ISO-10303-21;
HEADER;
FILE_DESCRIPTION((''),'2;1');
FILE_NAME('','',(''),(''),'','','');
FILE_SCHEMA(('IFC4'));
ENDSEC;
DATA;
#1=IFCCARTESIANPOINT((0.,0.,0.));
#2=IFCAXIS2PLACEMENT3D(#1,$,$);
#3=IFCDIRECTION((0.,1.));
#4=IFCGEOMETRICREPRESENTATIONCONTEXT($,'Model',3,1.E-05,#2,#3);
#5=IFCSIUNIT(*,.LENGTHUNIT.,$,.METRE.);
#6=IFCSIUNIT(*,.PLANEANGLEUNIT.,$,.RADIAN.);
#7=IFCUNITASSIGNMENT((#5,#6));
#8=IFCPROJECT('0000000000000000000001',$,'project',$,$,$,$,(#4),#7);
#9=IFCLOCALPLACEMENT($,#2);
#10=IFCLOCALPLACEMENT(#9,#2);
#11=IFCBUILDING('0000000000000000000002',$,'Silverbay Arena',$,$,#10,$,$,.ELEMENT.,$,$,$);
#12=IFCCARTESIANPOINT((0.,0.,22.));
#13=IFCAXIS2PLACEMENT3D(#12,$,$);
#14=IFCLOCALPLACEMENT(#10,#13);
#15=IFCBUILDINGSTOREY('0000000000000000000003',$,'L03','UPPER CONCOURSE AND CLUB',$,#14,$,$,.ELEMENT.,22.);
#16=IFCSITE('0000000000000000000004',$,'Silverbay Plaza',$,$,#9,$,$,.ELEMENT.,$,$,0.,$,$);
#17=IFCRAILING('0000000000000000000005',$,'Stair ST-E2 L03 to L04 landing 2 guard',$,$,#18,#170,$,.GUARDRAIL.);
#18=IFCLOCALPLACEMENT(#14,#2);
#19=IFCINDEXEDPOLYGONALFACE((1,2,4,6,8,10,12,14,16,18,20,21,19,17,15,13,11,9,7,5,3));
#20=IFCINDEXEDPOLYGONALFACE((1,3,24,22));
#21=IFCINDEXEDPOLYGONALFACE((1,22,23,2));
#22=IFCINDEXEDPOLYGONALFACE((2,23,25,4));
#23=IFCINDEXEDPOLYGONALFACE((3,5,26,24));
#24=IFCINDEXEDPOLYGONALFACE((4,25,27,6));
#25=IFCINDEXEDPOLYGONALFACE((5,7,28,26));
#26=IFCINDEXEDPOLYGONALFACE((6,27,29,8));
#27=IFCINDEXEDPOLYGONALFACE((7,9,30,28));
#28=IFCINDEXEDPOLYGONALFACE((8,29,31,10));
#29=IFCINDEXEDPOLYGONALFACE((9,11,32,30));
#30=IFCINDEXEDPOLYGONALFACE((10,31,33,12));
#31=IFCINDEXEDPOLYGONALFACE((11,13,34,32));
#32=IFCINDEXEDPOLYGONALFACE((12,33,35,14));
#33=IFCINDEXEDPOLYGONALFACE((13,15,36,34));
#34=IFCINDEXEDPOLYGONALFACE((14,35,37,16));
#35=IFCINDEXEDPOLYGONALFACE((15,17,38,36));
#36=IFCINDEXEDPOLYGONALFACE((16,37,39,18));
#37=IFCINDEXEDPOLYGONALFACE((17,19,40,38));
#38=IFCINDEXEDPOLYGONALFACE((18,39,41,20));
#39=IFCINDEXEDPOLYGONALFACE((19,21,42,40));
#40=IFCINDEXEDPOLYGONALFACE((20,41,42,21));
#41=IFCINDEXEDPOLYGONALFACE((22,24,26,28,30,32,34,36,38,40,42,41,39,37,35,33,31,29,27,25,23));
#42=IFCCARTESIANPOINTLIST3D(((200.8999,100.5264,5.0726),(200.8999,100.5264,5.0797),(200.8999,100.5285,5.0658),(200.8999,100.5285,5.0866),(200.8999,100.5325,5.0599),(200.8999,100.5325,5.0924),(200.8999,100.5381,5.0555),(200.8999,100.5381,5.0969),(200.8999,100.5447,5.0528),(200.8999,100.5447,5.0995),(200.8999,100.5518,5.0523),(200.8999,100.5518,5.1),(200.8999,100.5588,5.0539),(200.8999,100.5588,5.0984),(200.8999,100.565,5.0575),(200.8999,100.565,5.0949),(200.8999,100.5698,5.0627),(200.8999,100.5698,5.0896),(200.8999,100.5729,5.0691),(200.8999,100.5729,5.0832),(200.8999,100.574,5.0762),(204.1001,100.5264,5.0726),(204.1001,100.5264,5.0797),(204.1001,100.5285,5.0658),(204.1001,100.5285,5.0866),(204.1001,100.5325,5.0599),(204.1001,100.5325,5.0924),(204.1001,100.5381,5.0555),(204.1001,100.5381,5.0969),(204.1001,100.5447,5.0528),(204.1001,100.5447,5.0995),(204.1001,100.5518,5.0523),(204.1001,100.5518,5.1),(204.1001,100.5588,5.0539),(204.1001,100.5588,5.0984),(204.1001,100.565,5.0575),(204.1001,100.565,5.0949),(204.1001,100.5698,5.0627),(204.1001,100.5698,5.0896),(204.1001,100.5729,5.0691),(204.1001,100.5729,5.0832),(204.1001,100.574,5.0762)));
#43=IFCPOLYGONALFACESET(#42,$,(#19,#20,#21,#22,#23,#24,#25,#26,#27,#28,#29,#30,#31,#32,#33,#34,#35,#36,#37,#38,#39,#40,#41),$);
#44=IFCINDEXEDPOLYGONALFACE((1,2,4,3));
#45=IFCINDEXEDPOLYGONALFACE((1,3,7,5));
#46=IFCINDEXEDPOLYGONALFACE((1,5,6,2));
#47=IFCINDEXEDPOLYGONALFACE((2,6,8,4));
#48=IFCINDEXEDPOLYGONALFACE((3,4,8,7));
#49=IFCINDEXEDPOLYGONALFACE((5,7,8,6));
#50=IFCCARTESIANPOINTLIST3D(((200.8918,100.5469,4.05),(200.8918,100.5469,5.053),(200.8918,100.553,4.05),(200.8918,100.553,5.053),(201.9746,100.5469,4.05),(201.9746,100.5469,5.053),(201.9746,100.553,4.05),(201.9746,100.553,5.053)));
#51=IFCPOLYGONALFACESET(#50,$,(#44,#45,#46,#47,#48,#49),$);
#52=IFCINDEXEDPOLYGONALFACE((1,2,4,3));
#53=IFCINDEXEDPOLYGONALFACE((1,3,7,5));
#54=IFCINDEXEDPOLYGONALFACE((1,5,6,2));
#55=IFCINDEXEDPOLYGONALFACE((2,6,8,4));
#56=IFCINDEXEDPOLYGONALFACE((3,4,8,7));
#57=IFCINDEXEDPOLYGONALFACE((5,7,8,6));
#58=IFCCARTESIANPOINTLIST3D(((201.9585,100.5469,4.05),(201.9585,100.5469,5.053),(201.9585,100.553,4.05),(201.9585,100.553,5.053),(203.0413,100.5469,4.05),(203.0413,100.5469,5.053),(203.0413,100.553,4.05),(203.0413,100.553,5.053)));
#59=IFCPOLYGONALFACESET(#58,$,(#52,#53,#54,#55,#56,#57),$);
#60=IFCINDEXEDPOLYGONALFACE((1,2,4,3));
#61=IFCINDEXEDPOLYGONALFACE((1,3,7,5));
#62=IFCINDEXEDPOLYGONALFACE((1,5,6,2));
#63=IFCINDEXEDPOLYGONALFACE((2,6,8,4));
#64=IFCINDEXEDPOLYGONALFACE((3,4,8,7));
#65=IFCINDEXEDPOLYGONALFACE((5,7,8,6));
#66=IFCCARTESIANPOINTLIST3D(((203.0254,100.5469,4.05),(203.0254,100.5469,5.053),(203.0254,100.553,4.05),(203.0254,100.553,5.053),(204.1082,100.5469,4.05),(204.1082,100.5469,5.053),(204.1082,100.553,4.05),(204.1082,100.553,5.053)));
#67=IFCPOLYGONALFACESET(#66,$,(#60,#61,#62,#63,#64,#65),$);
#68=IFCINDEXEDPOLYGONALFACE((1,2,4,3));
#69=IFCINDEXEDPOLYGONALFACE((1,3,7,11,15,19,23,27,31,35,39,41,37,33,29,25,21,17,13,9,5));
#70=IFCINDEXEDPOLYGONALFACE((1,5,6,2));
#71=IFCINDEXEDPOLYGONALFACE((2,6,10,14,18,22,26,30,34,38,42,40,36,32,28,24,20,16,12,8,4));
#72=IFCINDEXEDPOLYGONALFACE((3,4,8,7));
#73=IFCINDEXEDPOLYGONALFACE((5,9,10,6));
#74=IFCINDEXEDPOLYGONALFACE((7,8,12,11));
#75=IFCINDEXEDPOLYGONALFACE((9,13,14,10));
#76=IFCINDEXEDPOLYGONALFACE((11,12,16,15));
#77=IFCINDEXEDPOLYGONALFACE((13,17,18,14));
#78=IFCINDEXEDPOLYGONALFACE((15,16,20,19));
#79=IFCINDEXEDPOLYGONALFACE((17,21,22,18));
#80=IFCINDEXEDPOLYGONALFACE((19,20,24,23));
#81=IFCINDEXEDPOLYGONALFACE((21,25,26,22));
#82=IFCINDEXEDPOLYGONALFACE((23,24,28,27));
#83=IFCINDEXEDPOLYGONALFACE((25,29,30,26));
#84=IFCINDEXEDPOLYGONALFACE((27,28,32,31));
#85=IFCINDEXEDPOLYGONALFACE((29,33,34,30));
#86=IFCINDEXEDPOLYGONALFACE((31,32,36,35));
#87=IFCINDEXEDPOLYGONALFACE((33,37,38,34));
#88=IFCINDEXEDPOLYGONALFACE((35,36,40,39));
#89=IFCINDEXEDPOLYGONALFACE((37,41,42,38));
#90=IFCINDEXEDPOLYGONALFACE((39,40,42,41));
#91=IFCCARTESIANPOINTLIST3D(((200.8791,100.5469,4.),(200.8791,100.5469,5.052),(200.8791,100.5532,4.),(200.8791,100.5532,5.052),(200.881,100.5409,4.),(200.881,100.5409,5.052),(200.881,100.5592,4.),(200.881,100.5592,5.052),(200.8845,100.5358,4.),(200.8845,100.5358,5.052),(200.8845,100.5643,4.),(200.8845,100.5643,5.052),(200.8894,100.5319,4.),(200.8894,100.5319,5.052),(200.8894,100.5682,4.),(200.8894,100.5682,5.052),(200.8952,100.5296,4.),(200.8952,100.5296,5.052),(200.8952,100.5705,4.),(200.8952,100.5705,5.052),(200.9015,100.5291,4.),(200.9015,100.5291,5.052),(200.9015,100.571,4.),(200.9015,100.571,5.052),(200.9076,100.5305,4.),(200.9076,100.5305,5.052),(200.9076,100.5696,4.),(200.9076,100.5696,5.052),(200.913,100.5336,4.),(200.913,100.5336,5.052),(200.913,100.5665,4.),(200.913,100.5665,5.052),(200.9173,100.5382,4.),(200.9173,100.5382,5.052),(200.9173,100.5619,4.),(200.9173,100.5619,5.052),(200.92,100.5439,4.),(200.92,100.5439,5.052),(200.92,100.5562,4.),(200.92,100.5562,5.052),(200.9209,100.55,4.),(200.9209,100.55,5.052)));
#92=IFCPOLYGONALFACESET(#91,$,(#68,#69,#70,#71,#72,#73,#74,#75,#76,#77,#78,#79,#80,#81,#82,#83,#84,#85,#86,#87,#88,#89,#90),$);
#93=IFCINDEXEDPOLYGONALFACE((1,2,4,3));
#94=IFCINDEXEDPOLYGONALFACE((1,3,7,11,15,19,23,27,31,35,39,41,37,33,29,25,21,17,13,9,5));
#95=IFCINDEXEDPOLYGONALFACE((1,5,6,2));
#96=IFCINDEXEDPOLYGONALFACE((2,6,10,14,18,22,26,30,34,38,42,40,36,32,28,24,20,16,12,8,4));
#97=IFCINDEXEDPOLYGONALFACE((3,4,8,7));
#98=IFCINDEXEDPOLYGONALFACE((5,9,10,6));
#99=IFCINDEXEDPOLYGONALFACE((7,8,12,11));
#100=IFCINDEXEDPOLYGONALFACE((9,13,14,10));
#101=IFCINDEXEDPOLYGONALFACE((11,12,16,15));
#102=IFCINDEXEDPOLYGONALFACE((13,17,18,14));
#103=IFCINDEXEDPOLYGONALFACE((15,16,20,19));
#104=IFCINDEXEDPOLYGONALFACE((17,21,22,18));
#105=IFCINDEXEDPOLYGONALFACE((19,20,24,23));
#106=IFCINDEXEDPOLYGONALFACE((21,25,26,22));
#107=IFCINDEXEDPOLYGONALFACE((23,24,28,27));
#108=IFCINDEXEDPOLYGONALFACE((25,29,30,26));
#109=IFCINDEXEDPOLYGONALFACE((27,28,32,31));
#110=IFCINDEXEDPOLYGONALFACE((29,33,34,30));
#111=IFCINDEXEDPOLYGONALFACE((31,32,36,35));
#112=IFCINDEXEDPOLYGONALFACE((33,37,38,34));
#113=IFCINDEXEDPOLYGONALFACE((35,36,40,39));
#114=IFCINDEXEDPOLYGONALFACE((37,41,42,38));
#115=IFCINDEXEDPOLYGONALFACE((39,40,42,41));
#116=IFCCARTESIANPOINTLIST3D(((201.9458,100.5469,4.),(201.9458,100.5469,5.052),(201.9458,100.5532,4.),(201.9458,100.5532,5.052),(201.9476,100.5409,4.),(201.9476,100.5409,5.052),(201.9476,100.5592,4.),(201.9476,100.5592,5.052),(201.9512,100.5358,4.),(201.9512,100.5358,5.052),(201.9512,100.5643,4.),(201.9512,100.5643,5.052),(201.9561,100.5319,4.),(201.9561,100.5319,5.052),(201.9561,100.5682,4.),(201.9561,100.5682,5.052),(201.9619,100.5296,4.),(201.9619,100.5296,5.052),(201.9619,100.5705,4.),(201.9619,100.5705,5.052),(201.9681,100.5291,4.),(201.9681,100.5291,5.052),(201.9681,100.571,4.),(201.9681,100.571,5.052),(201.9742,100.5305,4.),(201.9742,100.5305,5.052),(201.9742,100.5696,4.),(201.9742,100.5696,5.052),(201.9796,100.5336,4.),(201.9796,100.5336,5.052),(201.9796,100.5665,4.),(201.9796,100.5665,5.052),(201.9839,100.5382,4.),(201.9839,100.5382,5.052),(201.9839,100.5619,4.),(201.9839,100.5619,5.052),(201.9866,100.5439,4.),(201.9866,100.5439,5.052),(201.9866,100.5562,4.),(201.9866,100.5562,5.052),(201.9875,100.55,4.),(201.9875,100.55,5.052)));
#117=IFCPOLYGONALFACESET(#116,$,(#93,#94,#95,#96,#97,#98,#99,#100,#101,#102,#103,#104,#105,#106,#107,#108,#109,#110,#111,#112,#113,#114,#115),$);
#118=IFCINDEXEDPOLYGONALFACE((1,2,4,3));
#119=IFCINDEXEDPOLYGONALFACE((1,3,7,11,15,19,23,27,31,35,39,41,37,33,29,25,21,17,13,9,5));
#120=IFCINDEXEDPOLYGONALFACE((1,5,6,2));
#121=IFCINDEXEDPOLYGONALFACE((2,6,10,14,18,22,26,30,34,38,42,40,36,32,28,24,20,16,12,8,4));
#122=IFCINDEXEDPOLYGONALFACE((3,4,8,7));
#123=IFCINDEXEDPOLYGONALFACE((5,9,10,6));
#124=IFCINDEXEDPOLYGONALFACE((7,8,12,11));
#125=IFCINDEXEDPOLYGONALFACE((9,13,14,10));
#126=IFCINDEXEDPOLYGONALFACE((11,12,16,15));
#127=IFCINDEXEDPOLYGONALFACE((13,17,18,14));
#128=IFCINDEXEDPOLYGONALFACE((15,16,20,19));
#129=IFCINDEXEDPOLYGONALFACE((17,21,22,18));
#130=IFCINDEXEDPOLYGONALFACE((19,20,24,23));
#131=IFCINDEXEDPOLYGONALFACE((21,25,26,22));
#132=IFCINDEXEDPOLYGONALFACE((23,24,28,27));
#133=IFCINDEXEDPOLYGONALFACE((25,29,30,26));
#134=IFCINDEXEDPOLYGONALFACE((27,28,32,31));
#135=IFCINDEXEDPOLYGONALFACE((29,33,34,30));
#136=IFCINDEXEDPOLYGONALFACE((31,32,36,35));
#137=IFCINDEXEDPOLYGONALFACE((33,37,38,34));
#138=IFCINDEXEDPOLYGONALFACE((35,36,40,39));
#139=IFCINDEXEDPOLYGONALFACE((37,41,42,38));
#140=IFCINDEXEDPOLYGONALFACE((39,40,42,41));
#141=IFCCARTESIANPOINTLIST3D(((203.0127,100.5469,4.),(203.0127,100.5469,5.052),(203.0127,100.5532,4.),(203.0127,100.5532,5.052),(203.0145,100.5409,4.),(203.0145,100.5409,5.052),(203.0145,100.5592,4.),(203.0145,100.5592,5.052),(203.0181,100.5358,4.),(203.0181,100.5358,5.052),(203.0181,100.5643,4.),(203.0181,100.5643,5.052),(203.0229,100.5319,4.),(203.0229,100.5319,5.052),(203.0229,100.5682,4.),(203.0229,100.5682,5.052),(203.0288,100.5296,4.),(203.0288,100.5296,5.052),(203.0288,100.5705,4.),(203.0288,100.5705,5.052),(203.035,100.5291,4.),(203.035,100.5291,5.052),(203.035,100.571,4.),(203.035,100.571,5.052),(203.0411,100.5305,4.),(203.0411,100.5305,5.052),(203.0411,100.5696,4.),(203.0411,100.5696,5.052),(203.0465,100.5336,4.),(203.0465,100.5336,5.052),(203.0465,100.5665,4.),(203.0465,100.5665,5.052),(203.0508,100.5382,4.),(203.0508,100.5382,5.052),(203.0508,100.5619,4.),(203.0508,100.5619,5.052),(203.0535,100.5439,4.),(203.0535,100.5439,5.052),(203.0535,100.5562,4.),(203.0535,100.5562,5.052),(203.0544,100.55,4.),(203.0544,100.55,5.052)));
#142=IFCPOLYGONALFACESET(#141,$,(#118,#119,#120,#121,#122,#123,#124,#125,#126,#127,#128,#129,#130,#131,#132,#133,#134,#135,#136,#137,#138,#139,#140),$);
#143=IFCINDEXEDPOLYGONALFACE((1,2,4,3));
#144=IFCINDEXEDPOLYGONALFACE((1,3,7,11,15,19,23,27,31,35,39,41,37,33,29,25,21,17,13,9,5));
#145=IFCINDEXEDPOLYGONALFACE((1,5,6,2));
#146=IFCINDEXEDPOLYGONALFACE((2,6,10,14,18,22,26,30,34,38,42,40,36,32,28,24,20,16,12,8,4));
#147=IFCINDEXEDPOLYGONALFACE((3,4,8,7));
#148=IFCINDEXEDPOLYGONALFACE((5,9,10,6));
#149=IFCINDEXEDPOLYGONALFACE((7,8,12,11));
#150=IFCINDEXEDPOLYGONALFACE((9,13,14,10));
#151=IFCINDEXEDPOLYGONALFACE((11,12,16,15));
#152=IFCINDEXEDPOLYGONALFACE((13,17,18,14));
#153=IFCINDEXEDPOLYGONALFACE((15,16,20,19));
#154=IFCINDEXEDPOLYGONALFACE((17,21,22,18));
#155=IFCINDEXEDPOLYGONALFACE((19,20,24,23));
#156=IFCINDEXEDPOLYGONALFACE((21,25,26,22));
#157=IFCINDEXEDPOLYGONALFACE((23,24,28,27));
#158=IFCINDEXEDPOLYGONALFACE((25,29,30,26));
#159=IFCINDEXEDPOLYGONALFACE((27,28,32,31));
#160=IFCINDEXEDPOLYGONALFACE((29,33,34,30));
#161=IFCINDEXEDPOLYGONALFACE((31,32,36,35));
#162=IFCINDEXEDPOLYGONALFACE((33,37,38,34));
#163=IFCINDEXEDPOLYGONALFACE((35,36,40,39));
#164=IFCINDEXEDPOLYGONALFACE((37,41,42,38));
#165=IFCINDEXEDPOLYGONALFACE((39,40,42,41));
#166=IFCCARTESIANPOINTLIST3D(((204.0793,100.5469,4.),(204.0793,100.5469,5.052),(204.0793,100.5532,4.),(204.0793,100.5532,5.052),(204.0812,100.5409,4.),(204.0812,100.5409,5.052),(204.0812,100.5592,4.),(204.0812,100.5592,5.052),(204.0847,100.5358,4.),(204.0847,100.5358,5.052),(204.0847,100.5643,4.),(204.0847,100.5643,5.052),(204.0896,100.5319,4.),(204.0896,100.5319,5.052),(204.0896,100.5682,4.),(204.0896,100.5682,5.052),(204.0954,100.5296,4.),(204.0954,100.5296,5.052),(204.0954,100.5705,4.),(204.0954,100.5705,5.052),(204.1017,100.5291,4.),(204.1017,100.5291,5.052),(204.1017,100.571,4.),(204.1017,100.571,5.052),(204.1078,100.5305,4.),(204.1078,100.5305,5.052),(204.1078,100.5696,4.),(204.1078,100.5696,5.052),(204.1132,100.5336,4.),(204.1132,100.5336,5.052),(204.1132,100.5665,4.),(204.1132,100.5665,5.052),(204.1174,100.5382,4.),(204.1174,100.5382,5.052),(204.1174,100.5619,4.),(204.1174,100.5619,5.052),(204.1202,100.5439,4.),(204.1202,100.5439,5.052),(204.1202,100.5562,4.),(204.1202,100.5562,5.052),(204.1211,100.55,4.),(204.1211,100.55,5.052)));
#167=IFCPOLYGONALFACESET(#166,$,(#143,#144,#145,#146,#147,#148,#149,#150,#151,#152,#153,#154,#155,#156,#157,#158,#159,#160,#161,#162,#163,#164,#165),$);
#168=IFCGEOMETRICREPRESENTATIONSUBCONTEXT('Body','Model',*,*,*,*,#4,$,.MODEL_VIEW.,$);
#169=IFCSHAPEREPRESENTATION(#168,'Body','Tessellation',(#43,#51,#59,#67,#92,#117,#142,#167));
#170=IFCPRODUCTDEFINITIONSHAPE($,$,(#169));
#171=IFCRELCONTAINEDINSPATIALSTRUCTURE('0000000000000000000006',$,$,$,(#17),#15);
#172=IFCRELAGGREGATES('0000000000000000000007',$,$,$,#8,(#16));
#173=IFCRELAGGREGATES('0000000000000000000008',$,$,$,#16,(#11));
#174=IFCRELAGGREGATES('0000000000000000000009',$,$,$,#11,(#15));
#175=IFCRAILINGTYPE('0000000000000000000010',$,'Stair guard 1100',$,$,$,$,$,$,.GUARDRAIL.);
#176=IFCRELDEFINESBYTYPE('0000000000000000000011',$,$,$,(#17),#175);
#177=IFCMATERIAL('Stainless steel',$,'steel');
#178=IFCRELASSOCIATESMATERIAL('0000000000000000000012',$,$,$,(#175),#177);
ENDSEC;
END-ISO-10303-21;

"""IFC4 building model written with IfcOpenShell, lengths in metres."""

from ifc_helpers import new_model, si_unit, direction, frame, origin, origin_2d, place, context, subcontext, project, spatial, polyline, circle, outline, extrude, material, type_object, element, save


model = new_model("IFC4")

# Units and contexts
model_context = context("Model", 3, precision=1e-05, world=origin(), true_north=direction((0.0, 1.0)))
body_context = subcontext(model_context, "Body", "Model", "MODEL_VIEW")
ifc_project = project(units=[si_unit("LENGTHUNIT", "METRE"), si_unit("PLANEANGLEUNIT", "RADIAN")], contexts=[model_context])

# Site, building, storey
site_placement = place(None, origin())
site = spatial("IfcSite", under=ifc_project, at=site_placement, Name="Silverbay Plaza", CompositionType="ELEMENT", RefElevation=0.0)
building_placement = place(site_placement, origin())
building = spatial("IfcBuilding", under=site, at=building_placement, Name="Silverbay Arena", CompositionType="ELEMENT")
storey_placement = place(building_placement, frame((0.0, 0.0, 22.0)))
storey = spatial("IfcBuildingStorey", under=building, at=storey_placement, Name="L03", Description="UPPER CONCOURSE AND CLUB", CompositionType="ELEMENT", Elevation=22.0)

# Railing
ifc_material_1 = material(Name="Stainless steel", Category="steel")
railing_type_1 = type_object("IfcRailingType", Name="Stair guard 1100", PredefinedType="GUARDRAIL", material=ifc_material_1)
for number, where, name in (
    (1, (200.8999, 100.55, 4.0), "Stair ST-E2 L03 to L04 landing 2 guard"),
):
    element("IfcRailing", number, at=place(storey_placement, frame(where)), inside=storey, type_object=railing_type_1, Name=name, PredefinedType="GUARDRAIL", context=body_context, shape_type="SweptSolid", body=[
        extrude(circle(Radius=0.0239, at=origin_2d()), frame((0.0, 0.0, 1.0762), z_axis=(1.0, 0.0, 0.0), x_axis=(0.0, 1.0, 0.0)), (0.0, 0.0, 1.0), 3.2002),
        extrude(outline(polyline([(-0.0081, 0.05), (1.0747, 0.05), (1.0747, 1.053), (-0.0081, 1.053), (-0.0081, 0.05)])), frame((0.0, 0.0029, 0.0), z_axis=(0.0, -1.0, 0.0), x_axis=(1.0, 0.0, 0.0)), (0.0, 0.0, 1.0), 0.0061),
        extrude(outline(polyline([(-0.0081, 0.05), (1.0747, 0.05), (1.0747, 1.053), (-0.0081, 1.053), (-0.0081, 0.05)])), frame((1.0667, 0.0029, 0.0), z_axis=(0.0, -1.0, 0.0), x_axis=(1.0, 0.0, 0.0)), (0.0, 0.0, 1.0), 0.0061),
        extrude(outline(polyline([(-0.0081, 0.05), (1.0747, 0.05), (1.0747, 1.053), (-0.0081, 1.053), (-0.0081, 0.05)])), frame((2.1335, 0.0029, 0.0), z_axis=(0.0, -1.0, 0.0), x_axis=(1.0, 0.0, 0.0)), (0.0, 0.0, 1.0), 0.0061),
        extrude(circle(Radius=0.021, at=origin_2d()), origin(), (0.0, 0.0, 1.0), 1.052),
        extrude(circle(Radius=0.021, at=origin_2d()), frame((1.0667, 0.0, 0.0)), (0.0, 0.0, 1.0), 1.052),
        extrude(circle(Radius=0.021, at=origin_2d()), frame((2.1335, 0.0, 0.0)), (0.0, 0.0, 1.0), 1.052),
        extrude(circle(Radius=0.021, at=origin_2d()), frame((3.2002, 0.0, 0.0)), (0.0, 0.0, 1.0), 1.052),
    ])

save(model, "model.ifc")
